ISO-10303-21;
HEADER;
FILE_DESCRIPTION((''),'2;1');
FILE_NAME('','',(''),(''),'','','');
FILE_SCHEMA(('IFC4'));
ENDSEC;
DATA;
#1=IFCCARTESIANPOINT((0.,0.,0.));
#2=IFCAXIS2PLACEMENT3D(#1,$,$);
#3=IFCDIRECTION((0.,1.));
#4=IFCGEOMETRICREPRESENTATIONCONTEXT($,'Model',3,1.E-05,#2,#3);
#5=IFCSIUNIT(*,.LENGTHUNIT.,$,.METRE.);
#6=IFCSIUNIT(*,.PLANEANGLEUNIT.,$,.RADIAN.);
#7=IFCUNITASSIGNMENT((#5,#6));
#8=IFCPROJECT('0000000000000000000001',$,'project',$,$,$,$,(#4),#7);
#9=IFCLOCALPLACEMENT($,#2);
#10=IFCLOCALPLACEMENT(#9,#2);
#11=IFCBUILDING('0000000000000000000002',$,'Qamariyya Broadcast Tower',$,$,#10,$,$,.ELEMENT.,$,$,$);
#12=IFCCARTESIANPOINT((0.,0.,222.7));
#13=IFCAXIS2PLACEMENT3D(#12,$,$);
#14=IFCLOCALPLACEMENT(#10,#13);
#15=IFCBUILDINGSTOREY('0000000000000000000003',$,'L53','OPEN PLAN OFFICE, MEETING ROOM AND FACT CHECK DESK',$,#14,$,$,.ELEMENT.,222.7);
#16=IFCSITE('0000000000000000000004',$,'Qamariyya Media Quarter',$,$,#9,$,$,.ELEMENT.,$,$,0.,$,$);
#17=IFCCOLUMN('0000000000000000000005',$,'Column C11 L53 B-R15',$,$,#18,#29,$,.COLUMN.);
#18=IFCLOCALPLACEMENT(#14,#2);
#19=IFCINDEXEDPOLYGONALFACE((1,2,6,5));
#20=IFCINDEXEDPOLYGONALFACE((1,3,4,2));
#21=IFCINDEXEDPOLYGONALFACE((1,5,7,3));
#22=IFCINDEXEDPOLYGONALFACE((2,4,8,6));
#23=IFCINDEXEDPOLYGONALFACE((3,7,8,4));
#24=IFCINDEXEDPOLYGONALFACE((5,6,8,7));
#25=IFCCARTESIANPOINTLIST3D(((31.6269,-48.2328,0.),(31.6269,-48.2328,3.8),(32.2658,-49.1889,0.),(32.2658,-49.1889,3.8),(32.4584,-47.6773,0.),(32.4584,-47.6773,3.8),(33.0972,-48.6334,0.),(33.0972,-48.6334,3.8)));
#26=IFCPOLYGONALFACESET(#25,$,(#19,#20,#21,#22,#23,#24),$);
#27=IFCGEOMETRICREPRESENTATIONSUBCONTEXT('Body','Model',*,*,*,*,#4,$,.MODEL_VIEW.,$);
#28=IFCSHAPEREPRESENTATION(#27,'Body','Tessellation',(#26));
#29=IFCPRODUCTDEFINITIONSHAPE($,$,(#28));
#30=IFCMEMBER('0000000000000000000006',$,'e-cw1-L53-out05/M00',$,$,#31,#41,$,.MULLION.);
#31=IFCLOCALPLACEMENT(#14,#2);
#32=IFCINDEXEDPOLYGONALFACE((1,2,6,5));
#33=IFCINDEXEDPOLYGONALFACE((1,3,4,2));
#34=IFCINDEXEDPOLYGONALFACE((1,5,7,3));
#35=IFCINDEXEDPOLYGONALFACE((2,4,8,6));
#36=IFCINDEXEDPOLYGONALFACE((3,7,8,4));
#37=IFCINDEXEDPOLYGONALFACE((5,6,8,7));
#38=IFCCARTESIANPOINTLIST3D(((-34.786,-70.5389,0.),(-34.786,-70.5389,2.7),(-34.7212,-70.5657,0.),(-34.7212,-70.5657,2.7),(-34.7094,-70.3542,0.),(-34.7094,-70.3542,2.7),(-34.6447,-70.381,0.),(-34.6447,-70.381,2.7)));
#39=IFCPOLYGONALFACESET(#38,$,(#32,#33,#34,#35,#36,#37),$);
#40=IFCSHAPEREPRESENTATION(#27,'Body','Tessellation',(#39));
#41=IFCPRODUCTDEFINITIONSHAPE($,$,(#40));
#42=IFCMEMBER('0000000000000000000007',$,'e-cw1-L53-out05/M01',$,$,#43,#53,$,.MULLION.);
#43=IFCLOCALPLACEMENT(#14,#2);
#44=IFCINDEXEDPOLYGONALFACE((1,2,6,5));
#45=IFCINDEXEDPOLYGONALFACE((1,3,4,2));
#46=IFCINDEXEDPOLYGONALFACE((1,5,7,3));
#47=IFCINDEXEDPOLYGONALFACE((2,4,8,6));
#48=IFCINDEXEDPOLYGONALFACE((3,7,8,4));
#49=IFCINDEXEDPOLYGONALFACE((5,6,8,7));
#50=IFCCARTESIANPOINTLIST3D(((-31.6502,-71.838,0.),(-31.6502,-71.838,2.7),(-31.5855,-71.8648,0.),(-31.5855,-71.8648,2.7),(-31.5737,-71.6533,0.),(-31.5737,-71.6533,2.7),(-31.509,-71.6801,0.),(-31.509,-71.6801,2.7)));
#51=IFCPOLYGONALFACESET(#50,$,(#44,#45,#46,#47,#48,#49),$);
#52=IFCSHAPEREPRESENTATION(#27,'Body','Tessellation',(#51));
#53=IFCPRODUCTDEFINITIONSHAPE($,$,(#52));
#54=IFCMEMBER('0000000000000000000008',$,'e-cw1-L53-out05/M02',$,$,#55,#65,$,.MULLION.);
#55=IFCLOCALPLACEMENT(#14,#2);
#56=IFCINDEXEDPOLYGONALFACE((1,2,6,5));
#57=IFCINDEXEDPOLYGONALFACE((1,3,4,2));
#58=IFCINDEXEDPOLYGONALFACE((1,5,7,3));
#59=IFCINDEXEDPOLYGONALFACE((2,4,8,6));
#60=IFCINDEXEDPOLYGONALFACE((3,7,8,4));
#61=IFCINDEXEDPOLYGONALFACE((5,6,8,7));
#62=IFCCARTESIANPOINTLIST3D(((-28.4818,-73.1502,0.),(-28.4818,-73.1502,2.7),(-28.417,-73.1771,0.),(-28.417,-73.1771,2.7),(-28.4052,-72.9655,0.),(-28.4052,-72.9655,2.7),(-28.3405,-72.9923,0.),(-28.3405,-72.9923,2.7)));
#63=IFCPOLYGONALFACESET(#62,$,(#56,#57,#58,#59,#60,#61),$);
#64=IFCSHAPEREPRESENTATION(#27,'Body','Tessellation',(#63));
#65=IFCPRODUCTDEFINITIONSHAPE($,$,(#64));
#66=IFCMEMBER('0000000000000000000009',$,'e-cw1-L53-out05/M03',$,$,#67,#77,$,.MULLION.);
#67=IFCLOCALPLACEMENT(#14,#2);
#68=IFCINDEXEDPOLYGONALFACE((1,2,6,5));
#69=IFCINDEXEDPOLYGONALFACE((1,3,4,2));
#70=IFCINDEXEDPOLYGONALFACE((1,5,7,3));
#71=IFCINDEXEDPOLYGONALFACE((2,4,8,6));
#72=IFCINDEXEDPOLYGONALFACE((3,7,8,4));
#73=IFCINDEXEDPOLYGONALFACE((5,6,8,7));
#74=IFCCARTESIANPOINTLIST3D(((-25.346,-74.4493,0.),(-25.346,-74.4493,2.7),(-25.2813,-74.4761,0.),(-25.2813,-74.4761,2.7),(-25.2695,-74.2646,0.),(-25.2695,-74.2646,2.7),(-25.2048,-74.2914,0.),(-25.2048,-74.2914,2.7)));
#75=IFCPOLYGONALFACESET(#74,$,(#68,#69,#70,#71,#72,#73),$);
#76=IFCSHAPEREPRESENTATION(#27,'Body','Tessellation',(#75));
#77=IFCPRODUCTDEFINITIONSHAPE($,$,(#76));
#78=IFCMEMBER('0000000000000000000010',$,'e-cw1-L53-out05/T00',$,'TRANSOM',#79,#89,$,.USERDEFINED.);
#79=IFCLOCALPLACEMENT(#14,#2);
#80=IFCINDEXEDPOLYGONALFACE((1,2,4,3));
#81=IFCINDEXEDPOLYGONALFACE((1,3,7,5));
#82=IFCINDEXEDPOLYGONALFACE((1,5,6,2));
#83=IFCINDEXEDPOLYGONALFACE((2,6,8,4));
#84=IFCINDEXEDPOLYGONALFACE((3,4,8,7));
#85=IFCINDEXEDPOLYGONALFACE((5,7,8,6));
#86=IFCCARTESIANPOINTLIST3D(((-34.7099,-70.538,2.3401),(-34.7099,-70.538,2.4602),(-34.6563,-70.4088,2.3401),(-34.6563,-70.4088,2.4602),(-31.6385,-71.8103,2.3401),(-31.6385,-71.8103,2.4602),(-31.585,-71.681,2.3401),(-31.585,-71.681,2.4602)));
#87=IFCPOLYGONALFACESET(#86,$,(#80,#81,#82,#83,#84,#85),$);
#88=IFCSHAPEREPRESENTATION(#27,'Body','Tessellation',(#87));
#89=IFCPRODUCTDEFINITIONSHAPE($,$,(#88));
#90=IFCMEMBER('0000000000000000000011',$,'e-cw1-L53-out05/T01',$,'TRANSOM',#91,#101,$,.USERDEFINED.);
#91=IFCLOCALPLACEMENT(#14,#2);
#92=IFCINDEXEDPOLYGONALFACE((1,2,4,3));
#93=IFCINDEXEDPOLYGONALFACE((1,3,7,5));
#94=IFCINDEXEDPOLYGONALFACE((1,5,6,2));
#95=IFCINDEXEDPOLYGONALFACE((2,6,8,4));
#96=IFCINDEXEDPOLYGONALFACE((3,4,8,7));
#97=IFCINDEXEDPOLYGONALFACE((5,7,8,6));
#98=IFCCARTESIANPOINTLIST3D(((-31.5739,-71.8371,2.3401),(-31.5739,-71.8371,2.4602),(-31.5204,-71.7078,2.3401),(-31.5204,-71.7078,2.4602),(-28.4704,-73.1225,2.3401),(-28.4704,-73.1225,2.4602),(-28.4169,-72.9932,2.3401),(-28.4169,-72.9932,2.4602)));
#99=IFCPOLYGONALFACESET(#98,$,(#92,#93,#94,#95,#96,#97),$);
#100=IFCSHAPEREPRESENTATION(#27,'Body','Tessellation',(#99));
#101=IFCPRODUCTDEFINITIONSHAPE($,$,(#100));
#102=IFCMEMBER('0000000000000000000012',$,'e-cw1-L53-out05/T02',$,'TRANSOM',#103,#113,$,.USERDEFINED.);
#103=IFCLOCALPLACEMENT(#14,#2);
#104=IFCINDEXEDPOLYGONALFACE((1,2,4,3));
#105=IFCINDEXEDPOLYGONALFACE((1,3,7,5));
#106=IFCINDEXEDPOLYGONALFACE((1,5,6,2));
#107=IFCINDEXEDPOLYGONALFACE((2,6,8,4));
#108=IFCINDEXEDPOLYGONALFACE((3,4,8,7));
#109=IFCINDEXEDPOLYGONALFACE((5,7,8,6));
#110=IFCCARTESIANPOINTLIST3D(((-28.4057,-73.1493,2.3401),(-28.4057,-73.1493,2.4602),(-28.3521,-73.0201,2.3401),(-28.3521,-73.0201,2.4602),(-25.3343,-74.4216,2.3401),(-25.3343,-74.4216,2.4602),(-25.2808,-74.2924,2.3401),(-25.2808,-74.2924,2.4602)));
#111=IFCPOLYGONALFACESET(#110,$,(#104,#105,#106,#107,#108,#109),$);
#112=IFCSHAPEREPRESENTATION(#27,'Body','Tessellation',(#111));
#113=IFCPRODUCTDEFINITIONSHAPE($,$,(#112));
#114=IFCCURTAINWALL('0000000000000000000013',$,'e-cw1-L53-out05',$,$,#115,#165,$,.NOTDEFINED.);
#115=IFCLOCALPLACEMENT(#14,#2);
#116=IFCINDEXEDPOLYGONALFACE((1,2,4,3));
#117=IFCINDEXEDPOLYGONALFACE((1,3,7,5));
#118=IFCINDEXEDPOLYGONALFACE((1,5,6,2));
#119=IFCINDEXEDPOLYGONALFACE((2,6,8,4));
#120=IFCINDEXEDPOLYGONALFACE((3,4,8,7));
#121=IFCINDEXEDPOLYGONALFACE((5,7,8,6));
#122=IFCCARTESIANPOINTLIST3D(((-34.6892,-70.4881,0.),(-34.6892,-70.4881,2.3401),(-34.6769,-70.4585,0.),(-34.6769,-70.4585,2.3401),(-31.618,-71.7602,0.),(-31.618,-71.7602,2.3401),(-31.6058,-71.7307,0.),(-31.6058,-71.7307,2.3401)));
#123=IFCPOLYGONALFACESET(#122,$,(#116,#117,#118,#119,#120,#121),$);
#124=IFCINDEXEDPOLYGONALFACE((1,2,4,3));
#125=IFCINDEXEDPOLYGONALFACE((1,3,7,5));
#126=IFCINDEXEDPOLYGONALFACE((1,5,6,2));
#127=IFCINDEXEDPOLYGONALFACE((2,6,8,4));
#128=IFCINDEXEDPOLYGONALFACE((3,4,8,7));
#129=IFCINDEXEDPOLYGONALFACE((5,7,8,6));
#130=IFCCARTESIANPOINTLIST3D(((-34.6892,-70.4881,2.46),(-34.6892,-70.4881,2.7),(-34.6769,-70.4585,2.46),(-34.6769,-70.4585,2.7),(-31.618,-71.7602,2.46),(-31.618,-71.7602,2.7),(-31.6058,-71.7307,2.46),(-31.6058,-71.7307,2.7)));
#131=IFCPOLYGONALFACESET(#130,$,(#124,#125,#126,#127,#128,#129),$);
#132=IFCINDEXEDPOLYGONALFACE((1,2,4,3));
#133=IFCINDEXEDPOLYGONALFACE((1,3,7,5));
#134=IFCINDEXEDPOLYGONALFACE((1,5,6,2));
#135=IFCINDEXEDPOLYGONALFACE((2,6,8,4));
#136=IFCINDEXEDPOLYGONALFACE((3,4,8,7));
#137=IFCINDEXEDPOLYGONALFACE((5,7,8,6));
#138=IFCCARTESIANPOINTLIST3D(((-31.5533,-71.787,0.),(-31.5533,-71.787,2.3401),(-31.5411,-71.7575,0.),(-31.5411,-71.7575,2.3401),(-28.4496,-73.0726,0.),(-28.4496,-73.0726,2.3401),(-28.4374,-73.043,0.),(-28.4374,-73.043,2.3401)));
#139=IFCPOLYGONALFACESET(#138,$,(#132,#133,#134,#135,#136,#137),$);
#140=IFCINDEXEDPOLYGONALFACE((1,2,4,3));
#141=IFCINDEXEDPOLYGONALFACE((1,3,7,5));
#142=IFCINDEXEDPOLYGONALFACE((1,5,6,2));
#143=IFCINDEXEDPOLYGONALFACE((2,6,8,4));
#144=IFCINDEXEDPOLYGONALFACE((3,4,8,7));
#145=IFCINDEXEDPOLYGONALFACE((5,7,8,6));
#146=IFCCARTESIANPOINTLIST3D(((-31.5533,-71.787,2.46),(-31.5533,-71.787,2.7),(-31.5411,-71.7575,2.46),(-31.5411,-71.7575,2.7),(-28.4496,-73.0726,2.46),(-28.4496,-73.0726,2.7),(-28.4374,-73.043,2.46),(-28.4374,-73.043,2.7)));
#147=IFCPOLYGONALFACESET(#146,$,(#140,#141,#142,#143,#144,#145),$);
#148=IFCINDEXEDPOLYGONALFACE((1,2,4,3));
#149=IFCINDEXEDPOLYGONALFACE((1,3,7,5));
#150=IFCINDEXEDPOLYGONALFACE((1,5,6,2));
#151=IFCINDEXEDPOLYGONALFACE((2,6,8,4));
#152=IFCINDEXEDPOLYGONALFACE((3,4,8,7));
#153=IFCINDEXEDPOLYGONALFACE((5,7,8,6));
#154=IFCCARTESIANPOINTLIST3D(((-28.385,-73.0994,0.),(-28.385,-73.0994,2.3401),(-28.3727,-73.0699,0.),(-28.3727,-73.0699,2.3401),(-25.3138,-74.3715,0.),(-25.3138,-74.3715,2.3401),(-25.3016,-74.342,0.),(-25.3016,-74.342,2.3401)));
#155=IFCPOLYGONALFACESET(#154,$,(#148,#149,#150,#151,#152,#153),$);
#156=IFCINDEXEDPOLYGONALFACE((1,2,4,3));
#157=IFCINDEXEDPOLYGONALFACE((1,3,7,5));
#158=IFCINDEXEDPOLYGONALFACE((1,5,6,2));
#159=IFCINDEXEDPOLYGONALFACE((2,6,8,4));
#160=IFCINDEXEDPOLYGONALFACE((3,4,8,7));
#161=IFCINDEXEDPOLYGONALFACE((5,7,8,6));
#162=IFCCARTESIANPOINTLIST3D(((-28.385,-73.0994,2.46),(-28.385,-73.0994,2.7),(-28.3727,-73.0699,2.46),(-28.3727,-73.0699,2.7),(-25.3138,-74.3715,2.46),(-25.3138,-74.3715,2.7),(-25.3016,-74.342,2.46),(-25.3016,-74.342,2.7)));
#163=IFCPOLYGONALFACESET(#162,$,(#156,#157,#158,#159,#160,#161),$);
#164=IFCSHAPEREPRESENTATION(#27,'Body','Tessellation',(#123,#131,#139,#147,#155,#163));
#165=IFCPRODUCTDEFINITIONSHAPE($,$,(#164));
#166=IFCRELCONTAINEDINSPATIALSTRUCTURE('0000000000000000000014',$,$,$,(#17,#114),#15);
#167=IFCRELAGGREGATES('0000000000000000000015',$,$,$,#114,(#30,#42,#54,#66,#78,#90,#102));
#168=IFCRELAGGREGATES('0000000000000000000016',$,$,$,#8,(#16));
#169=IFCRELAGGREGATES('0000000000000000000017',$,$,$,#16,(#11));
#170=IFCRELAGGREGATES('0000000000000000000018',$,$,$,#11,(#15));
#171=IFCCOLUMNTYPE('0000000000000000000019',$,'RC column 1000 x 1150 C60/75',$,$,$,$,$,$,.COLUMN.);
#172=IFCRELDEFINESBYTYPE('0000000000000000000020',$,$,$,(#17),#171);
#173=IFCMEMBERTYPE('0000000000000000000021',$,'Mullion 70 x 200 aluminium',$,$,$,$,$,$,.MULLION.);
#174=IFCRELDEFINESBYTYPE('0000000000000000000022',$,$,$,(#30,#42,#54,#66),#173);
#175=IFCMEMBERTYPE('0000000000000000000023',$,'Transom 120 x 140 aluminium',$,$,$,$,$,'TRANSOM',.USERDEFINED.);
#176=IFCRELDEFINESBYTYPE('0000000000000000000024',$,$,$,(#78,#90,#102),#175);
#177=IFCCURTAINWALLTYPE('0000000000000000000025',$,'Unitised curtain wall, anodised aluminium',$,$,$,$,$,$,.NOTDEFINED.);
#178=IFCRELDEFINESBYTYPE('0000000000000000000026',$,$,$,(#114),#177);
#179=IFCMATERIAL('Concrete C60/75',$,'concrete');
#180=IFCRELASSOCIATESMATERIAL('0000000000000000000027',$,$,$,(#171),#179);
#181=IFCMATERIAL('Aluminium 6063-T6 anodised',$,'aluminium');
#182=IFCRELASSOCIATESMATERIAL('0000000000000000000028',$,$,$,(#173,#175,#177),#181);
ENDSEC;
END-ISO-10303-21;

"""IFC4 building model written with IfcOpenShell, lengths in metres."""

from ifc_helpers import new_model, si_unit, direction, frame, origin, origin_2d, place, context, subcontext, project, spatial, rectangle, extrude, material, material_profile, profile_set, type_object, element, aggregate, save


model = new_model("IFC4")

# Units and contexts
model_context = context("Model", 3, precision=1e-05, world=origin(), true_north=direction((0.0, 1.0)))
body_context = subcontext(model_context, "Body", "Model", "MODEL_VIEW")
ifc_project = project(units=[si_unit("LENGTHUNIT", "METRE"), si_unit("PLANEANGLEUNIT", "RADIAN")], contexts=[model_context])

# Site, building, storey
site_placement = place(None, origin())
site = spatial("IfcSite", under=ifc_project, at=site_placement, Name="Qamariyya Media Quarter", CompositionType="ELEMENT", RefElevation=0.0)
building_placement = place(site_placement, origin())
building = spatial("IfcBuilding", under=site, at=building_placement, Name="Qamariyya Broadcast Tower", CompositionType="ELEMENT")
storey_placement = place(building_placement, frame((0.0, 0.0, 222.7)))
storey = spatial("IfcBuildingStorey", under=building, at=storey_placement, Name="L53", Description="OPEN PLAN OFFICE, MEETING ROOM AND FACT CHECK DESK", CompositionType="ELEMENT", Elevation=222.7)

# Column
ifc_material_1 = material(Name="Concrete C60/75", Category="concrete")
ifc_material_profile_1 = material_profile(ifc_material_1, rectangle(XDim=1.0, YDim=1.1499, at=origin_2d()))
ifc_profile_set_1 = profile_set([ifc_material_profile_1], Name="Concrete C60/75")
column_type = type_object("IfcColumnType", Name="RC column 1000 x 1150 C60/75", PredefinedType="COLUMN", material=ifc_profile_set_1)
column_placement = place(storey_placement, frame((32.3621, -48.4331, 0.0), z_axis=(0.0, 0.0, 1.0), x_axis=(0.83147, 0.55557, 0.0)))
element("IfcColumn", 1, at=column_placement, inside=storey, type_object=column_type, Name="Column C11 L53 B-R15", PredefinedType="COLUMN", context=body_context, shape_type="SweptSolid", body=[
    extrude(rectangle(XDim=1.0, YDim=1.1499, at=origin_2d()), origin(), (0.0, 0.0, 1.0), 3.8),
])

# Members
ifc_material_2 = material(Name="Aluminium 6063-T6 anodised", Category="aluminium")
ifc_material_profile_2 = material_profile(ifc_material_2, rectangle(XDim=0.2, YDim=0.0701, at=origin_2d()))
ifc_profile_set_2 = profile_set([ifc_material_profile_2], Name="Aluminium 6063-T6 anodised")
member_type_1 = type_object("IfcMemberType", Name="Mullion 70 x 200 aluminium", PredefinedType="MULLION", material=ifc_profile_set_2)
member_1_placement = place(storey_placement, frame((-34.7153, -70.46, 0.0), z_axis=(0.0, 0.0, 1.0), x_axis=(0.382683, 0.92388, 0.0)))
member_1 = element("IfcMember", 2, at=member_1_placement, type_object=member_type_1, Name="e-cw1-L53-out05/M00", PredefinedType="MULLION", context=body_context, shape_type="SweptSolid", body=[
    extrude(rectangle(XDim=0.2, YDim=0.0701, at=origin_2d()), origin(), (0.0, 0.0, 1.0), 2.7),
])
member_2_placement = place(storey_placement, frame((-31.5796, -71.759, 0.0), z_axis=(0.0, 0.0, 1.0), x_axis=(0.382683, 0.92388, 0.0)))
member_2 = element("IfcMember", 3, at=member_2_placement, type_object=member_type_1, Name="e-cw1-L53-out05/M01", PredefinedType="MULLION", context=body_context, shape_type="SweptSolid", body=[
    extrude(rectangle(XDim=0.2, YDim=0.0701, at=origin_2d()), origin(), (0.0, 0.0, 1.0), 2.7),
])
member_3_placement = place(storey_placement, frame((-28.4111, -73.0713, 0.0), z_axis=(0.0, 0.0, 1.0), x_axis=(0.382683, 0.92388, 0.0)))
member_3 = element("IfcMember", 4, at=member_3_placement, type_object=member_type_1, Name="e-cw1-L53-out05/M02", PredefinedType="MULLION", context=body_context, shape_type="SweptSolid", body=[
    extrude(rectangle(XDim=0.2, YDim=0.0701, at=origin_2d()), origin(), (0.0, 0.0, 1.0), 2.7),
])
member_4_placement = place(storey_placement, frame((-25.2754, -74.3704, 0.0), z_axis=(0.0, 0.0, 1.0), x_axis=(0.382683, 0.92388, 0.0)))
member_4 = element("IfcMember", 5, at=member_4_placement, type_object=member_type_1, Name="e-cw1-L53-out05/M03", PredefinedType="MULLION", context=body_context, shape_type="SweptSolid", body=[
    extrude(rectangle(XDim=0.2, YDim=0.0701, at=origin_2d()), origin(), (0.0, 0.0, 1.0), 2.7),
])

# Members
ifc_material_profile_3 = material_profile(ifc_material_2, rectangle(XDim=0.1399, YDim=0.1201, at=origin_2d()))
ifc_profile_set_3 = profile_set([ifc_material_profile_3], Name="Aluminium 6063-T6 anodised")
member_type_2 = type_object("IfcMemberType", Name="Transom 120 x 140 aluminium", ElementType="TRANSOM", PredefinedType="USERDEFINED", material=ifc_profile_set_3)
member_5_placement = place(storey_placement, frame((-34.6831, -70.4734, 2.4001), z_axis=(0.923875, -0.382696, 0.0), x_axis=(0.382696, 0.923875, 0.0)))
member_5 = element("IfcMember", 6, at=member_5_placement, type_object=member_type_2, Name="e-cw1-L53-out05/T00", ObjectType="TRANSOM", PredefinedType="USERDEFINED", context=body_context, shape_type="SweptSolid", body=[
    extrude(rectangle(XDim=0.1399, YDim=0.1201, at=origin_2d()), origin(), (0.0, 0.0, 1.0), 3.3245),
])
member_6_placement = place(storey_placement, frame((-31.5471, -71.7725, 2.4001), z_axis=(0.923892, -0.382653, 0.0), x_axis=(0.382653, 0.923892, 0.0)))
member_6 = element("IfcMember", 7, at=member_6_placement, type_object=member_type_2, Name="e-cw1-L53-out05/T01", ObjectType="TRANSOM", PredefinedType="USERDEFINED", context=body_context, shape_type="SweptSolid", body=[
    extrude(rectangle(XDim=0.1399, YDim=0.1201, at=origin_2d()), origin(), (0.0, 0.0, 1.0), 3.3591),
])
member_7_placement = place(storey_placement, frame((-28.3789, -73.0847, 2.4001), z_axis=(0.923875, -0.382696, 0.0), x_axis=(0.382696, 0.923875, 0.0)))
member_7 = element("IfcMember", 8, at=member_7_placement, type_object=member_type_2, Name="e-cw1-L53-out05/T02", ObjectType="TRANSOM", PredefinedType="USERDEFINED", context=body_context, shape_type="SweptSolid", body=[
    extrude(rectangle(XDim=0.1399, YDim=0.1201, at=origin_2d()), origin(), (0.0, 0.0, 1.0), 3.3245),
])

# Curtain wall
curtain_wall_type = type_object("IfcCurtainWallType", Name="Unitised curtain wall, anodised aluminium", PredefinedType="NOTDEFINED", material=ifc_material_2)
curtain_wall_1_placement = place(storey_placement, origin())
curtain_wall_1 = element("IfcCurtainWall", 9, at=curtain_wall_1_placement, inside=storey, type_object=curtain_wall_type, Name="e-cw1-L53-out05", PredefinedType="NOTDEFINED", context=body_context, shape_type="SweptSolid", body=[
    extrude(rectangle(XDim=3.3242, YDim=0.032, at=origin_2d()), frame((-33.1475, -71.1094, 0.0), x_axis=(0.923881, -0.38268, 0.0)), (0.0, 0.0, 1.0), 2.3401),
    extrude(rectangle(XDim=3.3242, YDim=0.032, at=origin_2d()), frame((-33.1475, -71.1094, 2.46), x_axis=(0.923881, -0.38268, 0.0)), (0.0, 0.0, 1.0), 0.24),
    extrude(rectangle(XDim=3.3594, YDim=0.032, at=origin_2d()), frame((-29.9954, -72.415, 0.0), x_axis=(0.923881, -0.38268, 0.0)), (0.0, 0.0, 1.0), 2.3401),
    extrude(rectangle(XDim=3.3594, YDim=0.032, at=origin_2d()), frame((-29.9954, -72.415, 2.46), x_axis=(0.923881, -0.38268, 0.0)), (0.0, 0.0, 1.0), 0.24),
    extrude(rectangle(XDim=3.3242, YDim=0.032, at=origin_2d()), frame((-26.8433, -73.7207, 0.0), x_axis=(0.923881, -0.38268, 0.0)), (0.0, 0.0, 1.0), 2.3401),
    extrude(rectangle(XDim=3.3242, YDim=0.032, at=origin_2d()), frame((-26.8433, -73.7207, 2.46), x_axis=(0.923881, -0.38268, 0.0)), (0.0, 0.0, 1.0), 0.24),
])
aggregate(curtain_wall_1, [member_1, member_2, member_3, member_4, member_5, member_6, member_7])

save(model, "model.ifc")
